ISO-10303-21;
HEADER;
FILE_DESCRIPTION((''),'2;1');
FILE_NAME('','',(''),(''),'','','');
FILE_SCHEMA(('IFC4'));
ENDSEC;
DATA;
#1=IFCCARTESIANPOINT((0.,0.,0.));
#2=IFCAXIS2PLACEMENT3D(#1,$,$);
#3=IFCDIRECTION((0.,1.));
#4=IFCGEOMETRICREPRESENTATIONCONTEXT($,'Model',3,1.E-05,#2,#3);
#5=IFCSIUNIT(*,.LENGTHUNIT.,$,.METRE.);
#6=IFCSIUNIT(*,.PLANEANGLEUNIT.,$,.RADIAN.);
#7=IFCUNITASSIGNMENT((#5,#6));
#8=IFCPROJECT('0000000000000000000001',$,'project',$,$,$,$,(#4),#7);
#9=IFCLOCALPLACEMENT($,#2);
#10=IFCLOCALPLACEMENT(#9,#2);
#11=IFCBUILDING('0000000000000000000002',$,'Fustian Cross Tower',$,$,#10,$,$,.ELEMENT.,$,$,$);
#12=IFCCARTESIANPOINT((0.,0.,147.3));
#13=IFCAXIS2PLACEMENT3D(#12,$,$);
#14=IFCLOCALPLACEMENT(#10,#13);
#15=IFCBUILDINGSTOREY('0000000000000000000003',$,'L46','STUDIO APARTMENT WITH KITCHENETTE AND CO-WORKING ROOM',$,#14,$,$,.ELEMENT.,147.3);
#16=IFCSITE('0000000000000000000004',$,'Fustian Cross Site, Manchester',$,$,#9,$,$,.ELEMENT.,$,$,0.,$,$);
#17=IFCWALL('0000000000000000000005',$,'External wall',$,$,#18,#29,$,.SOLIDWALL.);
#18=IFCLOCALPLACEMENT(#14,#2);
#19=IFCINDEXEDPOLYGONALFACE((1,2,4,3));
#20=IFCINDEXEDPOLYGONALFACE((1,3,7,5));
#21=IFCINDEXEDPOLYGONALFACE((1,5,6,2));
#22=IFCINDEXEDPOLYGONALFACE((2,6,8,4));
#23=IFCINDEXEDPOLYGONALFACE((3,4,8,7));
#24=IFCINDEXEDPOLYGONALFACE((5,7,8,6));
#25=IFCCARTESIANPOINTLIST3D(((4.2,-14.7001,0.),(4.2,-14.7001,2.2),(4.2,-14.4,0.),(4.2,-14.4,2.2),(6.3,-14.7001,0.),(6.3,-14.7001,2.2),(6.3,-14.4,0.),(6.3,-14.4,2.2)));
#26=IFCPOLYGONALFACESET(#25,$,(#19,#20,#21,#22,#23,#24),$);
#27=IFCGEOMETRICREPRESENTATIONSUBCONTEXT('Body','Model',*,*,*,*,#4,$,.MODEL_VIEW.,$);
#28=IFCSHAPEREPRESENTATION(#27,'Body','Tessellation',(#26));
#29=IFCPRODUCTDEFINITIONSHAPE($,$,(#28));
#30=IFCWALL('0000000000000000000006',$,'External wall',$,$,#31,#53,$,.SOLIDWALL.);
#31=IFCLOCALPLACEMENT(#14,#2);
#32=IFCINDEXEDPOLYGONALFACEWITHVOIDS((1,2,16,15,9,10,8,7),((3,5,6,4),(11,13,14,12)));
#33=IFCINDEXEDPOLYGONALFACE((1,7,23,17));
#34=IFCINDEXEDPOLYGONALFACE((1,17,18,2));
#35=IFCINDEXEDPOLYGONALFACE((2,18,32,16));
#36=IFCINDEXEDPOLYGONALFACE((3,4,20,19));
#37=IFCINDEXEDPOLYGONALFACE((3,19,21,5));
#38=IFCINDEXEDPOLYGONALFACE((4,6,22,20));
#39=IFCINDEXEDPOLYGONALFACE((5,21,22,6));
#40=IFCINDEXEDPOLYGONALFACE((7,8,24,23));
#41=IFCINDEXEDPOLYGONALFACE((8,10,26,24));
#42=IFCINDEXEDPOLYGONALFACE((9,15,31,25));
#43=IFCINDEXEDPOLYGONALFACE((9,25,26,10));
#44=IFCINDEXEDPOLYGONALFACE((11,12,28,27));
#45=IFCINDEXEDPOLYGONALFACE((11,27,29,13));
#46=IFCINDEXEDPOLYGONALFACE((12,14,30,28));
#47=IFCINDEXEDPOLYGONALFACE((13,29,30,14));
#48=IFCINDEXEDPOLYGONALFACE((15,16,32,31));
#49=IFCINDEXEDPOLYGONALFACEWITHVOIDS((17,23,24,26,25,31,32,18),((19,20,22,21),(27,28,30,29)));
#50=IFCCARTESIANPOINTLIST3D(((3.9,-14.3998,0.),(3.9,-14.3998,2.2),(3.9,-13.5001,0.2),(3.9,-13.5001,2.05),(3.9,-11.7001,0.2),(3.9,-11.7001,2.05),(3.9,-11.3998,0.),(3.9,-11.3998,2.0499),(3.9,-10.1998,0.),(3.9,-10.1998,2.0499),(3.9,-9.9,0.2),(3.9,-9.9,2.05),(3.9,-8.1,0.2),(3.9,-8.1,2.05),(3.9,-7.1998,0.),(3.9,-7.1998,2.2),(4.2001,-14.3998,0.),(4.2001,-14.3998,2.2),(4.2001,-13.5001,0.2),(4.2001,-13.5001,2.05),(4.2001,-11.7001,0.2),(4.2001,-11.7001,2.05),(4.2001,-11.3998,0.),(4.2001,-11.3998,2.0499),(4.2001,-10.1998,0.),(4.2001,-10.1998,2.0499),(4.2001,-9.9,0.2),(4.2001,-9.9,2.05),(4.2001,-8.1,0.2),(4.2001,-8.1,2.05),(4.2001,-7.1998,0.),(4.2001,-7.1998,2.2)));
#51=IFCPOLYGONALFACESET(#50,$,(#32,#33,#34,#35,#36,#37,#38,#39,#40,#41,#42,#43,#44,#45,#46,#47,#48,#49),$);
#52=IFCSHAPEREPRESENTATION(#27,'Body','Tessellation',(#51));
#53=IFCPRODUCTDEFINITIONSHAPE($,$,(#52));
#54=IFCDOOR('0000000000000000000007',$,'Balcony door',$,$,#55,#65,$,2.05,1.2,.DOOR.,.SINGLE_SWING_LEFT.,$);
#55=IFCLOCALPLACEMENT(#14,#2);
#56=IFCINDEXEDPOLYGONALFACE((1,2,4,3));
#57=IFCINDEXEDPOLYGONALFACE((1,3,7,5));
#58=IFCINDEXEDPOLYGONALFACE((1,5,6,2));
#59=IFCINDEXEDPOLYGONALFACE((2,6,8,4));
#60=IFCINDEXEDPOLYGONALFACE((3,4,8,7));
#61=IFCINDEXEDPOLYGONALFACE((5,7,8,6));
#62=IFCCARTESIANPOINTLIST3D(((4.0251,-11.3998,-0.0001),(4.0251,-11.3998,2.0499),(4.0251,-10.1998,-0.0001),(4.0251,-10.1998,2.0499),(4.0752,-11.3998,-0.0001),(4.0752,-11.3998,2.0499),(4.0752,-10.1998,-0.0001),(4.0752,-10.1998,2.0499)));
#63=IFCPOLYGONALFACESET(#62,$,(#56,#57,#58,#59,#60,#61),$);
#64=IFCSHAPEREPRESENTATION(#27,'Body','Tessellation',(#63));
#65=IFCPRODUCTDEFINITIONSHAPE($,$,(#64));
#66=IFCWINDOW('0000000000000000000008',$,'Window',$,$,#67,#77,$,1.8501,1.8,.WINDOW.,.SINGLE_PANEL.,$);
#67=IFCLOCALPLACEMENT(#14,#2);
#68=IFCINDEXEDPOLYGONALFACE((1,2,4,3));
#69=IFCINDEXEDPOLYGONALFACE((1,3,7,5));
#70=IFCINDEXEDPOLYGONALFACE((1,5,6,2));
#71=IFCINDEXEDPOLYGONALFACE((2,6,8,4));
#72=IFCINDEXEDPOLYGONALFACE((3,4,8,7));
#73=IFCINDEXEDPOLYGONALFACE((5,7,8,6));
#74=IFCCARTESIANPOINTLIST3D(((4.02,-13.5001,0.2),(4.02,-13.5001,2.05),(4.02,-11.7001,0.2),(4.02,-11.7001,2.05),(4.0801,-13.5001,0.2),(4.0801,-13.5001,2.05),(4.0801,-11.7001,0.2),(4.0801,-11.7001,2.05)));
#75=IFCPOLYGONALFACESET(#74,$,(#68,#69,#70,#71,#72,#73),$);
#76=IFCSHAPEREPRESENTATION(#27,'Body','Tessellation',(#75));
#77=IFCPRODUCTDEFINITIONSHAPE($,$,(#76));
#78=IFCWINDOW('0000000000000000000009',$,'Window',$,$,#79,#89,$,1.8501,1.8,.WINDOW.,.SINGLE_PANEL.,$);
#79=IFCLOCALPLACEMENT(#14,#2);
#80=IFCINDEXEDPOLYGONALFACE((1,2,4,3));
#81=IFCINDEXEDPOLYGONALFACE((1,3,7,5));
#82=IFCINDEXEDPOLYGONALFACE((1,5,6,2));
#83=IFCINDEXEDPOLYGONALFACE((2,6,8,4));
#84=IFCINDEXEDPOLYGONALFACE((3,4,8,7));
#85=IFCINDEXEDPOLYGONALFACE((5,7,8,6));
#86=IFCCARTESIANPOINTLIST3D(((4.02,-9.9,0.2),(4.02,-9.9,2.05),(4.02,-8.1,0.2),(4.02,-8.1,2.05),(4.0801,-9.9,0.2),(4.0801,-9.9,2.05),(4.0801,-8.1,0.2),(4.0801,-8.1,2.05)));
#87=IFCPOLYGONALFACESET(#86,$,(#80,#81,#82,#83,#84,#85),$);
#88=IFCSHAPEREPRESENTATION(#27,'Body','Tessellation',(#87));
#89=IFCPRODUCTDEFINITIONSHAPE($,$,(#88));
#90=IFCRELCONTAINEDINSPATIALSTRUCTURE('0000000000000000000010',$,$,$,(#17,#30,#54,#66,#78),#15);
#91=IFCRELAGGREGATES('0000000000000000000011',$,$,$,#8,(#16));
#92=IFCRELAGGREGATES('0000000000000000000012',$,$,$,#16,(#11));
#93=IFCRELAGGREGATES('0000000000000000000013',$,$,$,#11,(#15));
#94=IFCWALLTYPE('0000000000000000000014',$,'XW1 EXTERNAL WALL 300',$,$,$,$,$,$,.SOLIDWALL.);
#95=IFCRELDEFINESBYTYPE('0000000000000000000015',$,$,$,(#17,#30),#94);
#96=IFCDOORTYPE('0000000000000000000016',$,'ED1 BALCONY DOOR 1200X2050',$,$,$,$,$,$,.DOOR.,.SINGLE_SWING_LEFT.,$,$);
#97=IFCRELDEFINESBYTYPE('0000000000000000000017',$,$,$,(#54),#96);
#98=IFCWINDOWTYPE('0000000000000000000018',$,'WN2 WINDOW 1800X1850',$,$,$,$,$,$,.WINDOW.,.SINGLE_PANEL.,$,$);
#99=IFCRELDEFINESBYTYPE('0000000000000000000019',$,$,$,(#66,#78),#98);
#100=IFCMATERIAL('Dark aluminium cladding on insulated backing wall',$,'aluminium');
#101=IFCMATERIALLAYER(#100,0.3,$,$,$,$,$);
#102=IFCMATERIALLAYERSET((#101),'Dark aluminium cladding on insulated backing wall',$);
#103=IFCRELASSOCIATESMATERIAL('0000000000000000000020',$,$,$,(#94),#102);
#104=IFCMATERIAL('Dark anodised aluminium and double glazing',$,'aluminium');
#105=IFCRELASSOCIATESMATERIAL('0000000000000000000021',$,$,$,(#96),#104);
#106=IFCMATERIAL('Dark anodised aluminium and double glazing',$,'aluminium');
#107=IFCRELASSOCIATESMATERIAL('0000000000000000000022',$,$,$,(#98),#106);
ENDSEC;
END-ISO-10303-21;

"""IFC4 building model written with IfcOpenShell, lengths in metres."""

from ifc_helpers import new_model, si_unit, direction, frame, frame_2d, origin, place, context, subcontext, project, spatial, rectangle, extrude, material, layer, layer_set, type_object, element, fill, save


model = new_model("IFC4")

# Units and contexts
model_context = context("Model", 3, precision=1e-05, world=origin(), true_north=direction((0.0, 1.0)))
body_context = subcontext(model_context, "Body", "Model", "MODEL_VIEW")
ifc_project = project(units=[si_unit("LENGTHUNIT", "METRE"), si_unit("PLANEANGLEUNIT", "RADIAN")], contexts=[model_context])

# Site, building, storey
site_placement = place(None, origin())
site = spatial("IfcSite", under=ifc_project, at=site_placement, Name="Fustian Cross Site, Manchester", CompositionType="ELEMENT", RefElevation=0.0)
building_placement = place(site_placement, origin())
building = spatial("IfcBuilding", under=site, at=building_placement, Name="Fustian Cross Tower", CompositionType="ELEMENT")
storey_placement = place(building_placement, frame((0.0, 0.0, 147.3)))
storey = spatial("IfcBuildingStorey", under=building, at=storey_placement, Name="L46", Description="STUDIO APARTMENT WITH KITCHENETTE AND CO-WORKING ROOM", CompositionType="ELEMENT", Elevation=147.3)

# Shared definitions
ifc_material_1 = material(Name="Dark aluminium cladding on insulated backing wall", Category="aluminium")
ifc_layer_1 = layer(ifc_material_1, 0.3)
ifc_layer_set_1 = layer_set([ifc_layer_1], Name="Dark aluminium cladding on insulated backing wall")
wall_type_1 = type_object("IfcWallType", Name="XW1 EXTERNAL WALL 300", PredefinedType="SOLIDWALL", material=ifc_layer_set_1)

# Wall
wall_1_placement = place(storey_placement, frame((6.3, -14.55, 0.0), z_axis=(0.0, 0.0, 1.0), x_axis=(-1.0, 0.0, 0.0)))
element("IfcWall", 1, at=wall_1_placement, inside=storey, type_object=wall_type_1, Name="External wall", PredefinedType="SOLIDWALL", context=body_context, shape_type="SweptSolid", body=[
    extrude(rectangle(XDim=2.1001, YDim=0.3, at=frame_2d((1.05, 0.0))), origin(), (0.0, 0.0, 1.0), 2.2),
])

# Wall, openings, door, windows
wall_2_placement = place(storey_placement, frame((4.05, -14.3999, 0.0), z_axis=(0.0, 0.0, 1.0), x_axis=(0.0, 1.0, 0.0)))
wall_2 = element("IfcWall", 2, at=wall_2_placement, inside=storey, type_object=wall_type_1, Name="External wall", PredefinedType="SOLIDWALL", context=body_context, shape_type="SweptSolid", body=[
    extrude(rectangle(XDim=7.2, YDim=0.3, at=frame_2d((3.6001, 0.0))), origin(), (0.0, 0.0, 1.0), 2.2),
])
opening_1_placement = place(wall_2_placement, frame((3.0, 0.0, 0.0)))
opening_1 = element("IfcOpeningElement", 3, at=opening_1_placement, cuts=wall_2, PredefinedType="OPENING", context=body_context, shape_type="SweptSolid", body=[
    extrude(rectangle(XDim=1.2, YDim=2.05, at=frame_2d((0.6001, 1.0249))), frame((0.0, 0.1599, 0.0), z_axis=(0.0, -1.0, 0.0), x_axis=(1.0, 0.0, 0.0)), (0.0, 0.0, 1.0), 0.3201),
])
opening_2_placement = place(wall_2_placement, frame((0.8999, 0.0, 0.2)))
opening_2 = element("IfcOpeningElement", 4, at=opening_2_placement, cuts=wall_2, PredefinedType="OPENING", context=body_context, shape_type="SweptSolid", body=[
    extrude(rectangle(XDim=1.8, YDim=1.8501, at=frame_2d((0.8999, 0.925))), frame((0.0, 0.1599, 0.0), z_axis=(0.0, -1.0, 0.0), x_axis=(1.0, 0.0, 0.0)), (0.0, 0.0, 1.0), 0.3201),
])
opening_3_placement = place(wall_2_placement, frame((4.5, 0.0, 0.2)))
opening_3 = element("IfcOpeningElement", 5, at=opening_3_placement, cuts=wall_2, PredefinedType="OPENING", context=body_context, shape_type="SweptSolid", body=[
    extrude(rectangle(XDim=1.8, YDim=1.8501, at=frame_2d((0.8999, 0.925))), frame((0.0, 0.1599, 0.0), z_axis=(0.0, -1.0, 0.0), x_axis=(1.0, 0.0, 0.0)), (0.0, 0.0, 1.0), 0.3201),
])
ifc_material_2 = material(Name="Dark anodised aluminium and double glazing", Category="aluminium")
door_type_1 = type_object("IfcDoorType", Name="ED1 BALCONY DOOR 1200X2050", OperationType="SINGLE_SWING_LEFT", PredefinedType="DOOR", material=ifc_material_2)
door_1_placement = place(opening_1_placement, origin())
door_1 = element("IfcDoor", 6, at=door_1_placement, inside=storey, type_object=door_type_1, Name="Balcony door", OperationType="SINGLE_SWING_LEFT", OverallHeight=2.05, OverallWidth=1.2, PredefinedType="DOOR", context=body_context, shape_type="SweptSolid", body=[
    extrude(rectangle(XDim=1.2, YDim=2.05, at=frame_2d((0.6001, 1.0249))), frame((0.0, 0.0249, 0.0), z_axis=(0.0, -1.0, 0.0), x_axis=(1.0, 0.0, 0.0)), (0.0, 0.0, 1.0), 0.05),
])
fill(opening_1, door_1)
ifc_material_3 = material(Name="Dark anodised aluminium and double glazing", Category="aluminium")
window_type_1 = type_object("IfcWindowType", Name="WN2 WINDOW 1800X1850", PartitioningType="SINGLE_PANEL", PredefinedType="WINDOW", material=ifc_material_3)
window_1_placement = place(opening_2_placement, origin())
window_1 = element("IfcWindow", 7, at=window_1_placement, inside=storey, type_object=window_type_1, Name="Window", OverallHeight=1.8501, OverallWidth=1.8, PartitioningType="SINGLE_PANEL", PredefinedType="WINDOW", context=body_context, shape_type="SweptSolid", body=[
    extrude(rectangle(XDim=1.8, YDim=1.8501, at=frame_2d((0.8999, 0.925))), frame((0.0, 0.03, 0.0), z_axis=(0.0, -1.0, 0.0), x_axis=(1.0, 0.0, 0.0)), (0.0, 0.0, 1.0), 0.0601),
])
fill(opening_2, window_1)
window_2_placement = place(opening_3_placement, origin())
window_2 = element("IfcWindow", 8, at=window_2_placement, inside=storey, type_object=window_type_1, Name="Window", OverallHeight=1.8501, OverallWidth=1.8, PartitioningType="SINGLE_PANEL", PredefinedType="WINDOW", context=body_context, shape_type="SweptSolid", body=[
    extrude(rectangle(XDim=1.8, YDim=1.8501, at=frame_2d((0.8999, 0.925))), frame((0.0, 0.03, 0.0), z_axis=(0.0, -1.0, 0.0), x_axis=(1.0, 0.0, 0.0)), (0.0, 0.0, 1.0), 0.0601),
])
fill(opening_3, window_2)

save(model, "model.ifc")
